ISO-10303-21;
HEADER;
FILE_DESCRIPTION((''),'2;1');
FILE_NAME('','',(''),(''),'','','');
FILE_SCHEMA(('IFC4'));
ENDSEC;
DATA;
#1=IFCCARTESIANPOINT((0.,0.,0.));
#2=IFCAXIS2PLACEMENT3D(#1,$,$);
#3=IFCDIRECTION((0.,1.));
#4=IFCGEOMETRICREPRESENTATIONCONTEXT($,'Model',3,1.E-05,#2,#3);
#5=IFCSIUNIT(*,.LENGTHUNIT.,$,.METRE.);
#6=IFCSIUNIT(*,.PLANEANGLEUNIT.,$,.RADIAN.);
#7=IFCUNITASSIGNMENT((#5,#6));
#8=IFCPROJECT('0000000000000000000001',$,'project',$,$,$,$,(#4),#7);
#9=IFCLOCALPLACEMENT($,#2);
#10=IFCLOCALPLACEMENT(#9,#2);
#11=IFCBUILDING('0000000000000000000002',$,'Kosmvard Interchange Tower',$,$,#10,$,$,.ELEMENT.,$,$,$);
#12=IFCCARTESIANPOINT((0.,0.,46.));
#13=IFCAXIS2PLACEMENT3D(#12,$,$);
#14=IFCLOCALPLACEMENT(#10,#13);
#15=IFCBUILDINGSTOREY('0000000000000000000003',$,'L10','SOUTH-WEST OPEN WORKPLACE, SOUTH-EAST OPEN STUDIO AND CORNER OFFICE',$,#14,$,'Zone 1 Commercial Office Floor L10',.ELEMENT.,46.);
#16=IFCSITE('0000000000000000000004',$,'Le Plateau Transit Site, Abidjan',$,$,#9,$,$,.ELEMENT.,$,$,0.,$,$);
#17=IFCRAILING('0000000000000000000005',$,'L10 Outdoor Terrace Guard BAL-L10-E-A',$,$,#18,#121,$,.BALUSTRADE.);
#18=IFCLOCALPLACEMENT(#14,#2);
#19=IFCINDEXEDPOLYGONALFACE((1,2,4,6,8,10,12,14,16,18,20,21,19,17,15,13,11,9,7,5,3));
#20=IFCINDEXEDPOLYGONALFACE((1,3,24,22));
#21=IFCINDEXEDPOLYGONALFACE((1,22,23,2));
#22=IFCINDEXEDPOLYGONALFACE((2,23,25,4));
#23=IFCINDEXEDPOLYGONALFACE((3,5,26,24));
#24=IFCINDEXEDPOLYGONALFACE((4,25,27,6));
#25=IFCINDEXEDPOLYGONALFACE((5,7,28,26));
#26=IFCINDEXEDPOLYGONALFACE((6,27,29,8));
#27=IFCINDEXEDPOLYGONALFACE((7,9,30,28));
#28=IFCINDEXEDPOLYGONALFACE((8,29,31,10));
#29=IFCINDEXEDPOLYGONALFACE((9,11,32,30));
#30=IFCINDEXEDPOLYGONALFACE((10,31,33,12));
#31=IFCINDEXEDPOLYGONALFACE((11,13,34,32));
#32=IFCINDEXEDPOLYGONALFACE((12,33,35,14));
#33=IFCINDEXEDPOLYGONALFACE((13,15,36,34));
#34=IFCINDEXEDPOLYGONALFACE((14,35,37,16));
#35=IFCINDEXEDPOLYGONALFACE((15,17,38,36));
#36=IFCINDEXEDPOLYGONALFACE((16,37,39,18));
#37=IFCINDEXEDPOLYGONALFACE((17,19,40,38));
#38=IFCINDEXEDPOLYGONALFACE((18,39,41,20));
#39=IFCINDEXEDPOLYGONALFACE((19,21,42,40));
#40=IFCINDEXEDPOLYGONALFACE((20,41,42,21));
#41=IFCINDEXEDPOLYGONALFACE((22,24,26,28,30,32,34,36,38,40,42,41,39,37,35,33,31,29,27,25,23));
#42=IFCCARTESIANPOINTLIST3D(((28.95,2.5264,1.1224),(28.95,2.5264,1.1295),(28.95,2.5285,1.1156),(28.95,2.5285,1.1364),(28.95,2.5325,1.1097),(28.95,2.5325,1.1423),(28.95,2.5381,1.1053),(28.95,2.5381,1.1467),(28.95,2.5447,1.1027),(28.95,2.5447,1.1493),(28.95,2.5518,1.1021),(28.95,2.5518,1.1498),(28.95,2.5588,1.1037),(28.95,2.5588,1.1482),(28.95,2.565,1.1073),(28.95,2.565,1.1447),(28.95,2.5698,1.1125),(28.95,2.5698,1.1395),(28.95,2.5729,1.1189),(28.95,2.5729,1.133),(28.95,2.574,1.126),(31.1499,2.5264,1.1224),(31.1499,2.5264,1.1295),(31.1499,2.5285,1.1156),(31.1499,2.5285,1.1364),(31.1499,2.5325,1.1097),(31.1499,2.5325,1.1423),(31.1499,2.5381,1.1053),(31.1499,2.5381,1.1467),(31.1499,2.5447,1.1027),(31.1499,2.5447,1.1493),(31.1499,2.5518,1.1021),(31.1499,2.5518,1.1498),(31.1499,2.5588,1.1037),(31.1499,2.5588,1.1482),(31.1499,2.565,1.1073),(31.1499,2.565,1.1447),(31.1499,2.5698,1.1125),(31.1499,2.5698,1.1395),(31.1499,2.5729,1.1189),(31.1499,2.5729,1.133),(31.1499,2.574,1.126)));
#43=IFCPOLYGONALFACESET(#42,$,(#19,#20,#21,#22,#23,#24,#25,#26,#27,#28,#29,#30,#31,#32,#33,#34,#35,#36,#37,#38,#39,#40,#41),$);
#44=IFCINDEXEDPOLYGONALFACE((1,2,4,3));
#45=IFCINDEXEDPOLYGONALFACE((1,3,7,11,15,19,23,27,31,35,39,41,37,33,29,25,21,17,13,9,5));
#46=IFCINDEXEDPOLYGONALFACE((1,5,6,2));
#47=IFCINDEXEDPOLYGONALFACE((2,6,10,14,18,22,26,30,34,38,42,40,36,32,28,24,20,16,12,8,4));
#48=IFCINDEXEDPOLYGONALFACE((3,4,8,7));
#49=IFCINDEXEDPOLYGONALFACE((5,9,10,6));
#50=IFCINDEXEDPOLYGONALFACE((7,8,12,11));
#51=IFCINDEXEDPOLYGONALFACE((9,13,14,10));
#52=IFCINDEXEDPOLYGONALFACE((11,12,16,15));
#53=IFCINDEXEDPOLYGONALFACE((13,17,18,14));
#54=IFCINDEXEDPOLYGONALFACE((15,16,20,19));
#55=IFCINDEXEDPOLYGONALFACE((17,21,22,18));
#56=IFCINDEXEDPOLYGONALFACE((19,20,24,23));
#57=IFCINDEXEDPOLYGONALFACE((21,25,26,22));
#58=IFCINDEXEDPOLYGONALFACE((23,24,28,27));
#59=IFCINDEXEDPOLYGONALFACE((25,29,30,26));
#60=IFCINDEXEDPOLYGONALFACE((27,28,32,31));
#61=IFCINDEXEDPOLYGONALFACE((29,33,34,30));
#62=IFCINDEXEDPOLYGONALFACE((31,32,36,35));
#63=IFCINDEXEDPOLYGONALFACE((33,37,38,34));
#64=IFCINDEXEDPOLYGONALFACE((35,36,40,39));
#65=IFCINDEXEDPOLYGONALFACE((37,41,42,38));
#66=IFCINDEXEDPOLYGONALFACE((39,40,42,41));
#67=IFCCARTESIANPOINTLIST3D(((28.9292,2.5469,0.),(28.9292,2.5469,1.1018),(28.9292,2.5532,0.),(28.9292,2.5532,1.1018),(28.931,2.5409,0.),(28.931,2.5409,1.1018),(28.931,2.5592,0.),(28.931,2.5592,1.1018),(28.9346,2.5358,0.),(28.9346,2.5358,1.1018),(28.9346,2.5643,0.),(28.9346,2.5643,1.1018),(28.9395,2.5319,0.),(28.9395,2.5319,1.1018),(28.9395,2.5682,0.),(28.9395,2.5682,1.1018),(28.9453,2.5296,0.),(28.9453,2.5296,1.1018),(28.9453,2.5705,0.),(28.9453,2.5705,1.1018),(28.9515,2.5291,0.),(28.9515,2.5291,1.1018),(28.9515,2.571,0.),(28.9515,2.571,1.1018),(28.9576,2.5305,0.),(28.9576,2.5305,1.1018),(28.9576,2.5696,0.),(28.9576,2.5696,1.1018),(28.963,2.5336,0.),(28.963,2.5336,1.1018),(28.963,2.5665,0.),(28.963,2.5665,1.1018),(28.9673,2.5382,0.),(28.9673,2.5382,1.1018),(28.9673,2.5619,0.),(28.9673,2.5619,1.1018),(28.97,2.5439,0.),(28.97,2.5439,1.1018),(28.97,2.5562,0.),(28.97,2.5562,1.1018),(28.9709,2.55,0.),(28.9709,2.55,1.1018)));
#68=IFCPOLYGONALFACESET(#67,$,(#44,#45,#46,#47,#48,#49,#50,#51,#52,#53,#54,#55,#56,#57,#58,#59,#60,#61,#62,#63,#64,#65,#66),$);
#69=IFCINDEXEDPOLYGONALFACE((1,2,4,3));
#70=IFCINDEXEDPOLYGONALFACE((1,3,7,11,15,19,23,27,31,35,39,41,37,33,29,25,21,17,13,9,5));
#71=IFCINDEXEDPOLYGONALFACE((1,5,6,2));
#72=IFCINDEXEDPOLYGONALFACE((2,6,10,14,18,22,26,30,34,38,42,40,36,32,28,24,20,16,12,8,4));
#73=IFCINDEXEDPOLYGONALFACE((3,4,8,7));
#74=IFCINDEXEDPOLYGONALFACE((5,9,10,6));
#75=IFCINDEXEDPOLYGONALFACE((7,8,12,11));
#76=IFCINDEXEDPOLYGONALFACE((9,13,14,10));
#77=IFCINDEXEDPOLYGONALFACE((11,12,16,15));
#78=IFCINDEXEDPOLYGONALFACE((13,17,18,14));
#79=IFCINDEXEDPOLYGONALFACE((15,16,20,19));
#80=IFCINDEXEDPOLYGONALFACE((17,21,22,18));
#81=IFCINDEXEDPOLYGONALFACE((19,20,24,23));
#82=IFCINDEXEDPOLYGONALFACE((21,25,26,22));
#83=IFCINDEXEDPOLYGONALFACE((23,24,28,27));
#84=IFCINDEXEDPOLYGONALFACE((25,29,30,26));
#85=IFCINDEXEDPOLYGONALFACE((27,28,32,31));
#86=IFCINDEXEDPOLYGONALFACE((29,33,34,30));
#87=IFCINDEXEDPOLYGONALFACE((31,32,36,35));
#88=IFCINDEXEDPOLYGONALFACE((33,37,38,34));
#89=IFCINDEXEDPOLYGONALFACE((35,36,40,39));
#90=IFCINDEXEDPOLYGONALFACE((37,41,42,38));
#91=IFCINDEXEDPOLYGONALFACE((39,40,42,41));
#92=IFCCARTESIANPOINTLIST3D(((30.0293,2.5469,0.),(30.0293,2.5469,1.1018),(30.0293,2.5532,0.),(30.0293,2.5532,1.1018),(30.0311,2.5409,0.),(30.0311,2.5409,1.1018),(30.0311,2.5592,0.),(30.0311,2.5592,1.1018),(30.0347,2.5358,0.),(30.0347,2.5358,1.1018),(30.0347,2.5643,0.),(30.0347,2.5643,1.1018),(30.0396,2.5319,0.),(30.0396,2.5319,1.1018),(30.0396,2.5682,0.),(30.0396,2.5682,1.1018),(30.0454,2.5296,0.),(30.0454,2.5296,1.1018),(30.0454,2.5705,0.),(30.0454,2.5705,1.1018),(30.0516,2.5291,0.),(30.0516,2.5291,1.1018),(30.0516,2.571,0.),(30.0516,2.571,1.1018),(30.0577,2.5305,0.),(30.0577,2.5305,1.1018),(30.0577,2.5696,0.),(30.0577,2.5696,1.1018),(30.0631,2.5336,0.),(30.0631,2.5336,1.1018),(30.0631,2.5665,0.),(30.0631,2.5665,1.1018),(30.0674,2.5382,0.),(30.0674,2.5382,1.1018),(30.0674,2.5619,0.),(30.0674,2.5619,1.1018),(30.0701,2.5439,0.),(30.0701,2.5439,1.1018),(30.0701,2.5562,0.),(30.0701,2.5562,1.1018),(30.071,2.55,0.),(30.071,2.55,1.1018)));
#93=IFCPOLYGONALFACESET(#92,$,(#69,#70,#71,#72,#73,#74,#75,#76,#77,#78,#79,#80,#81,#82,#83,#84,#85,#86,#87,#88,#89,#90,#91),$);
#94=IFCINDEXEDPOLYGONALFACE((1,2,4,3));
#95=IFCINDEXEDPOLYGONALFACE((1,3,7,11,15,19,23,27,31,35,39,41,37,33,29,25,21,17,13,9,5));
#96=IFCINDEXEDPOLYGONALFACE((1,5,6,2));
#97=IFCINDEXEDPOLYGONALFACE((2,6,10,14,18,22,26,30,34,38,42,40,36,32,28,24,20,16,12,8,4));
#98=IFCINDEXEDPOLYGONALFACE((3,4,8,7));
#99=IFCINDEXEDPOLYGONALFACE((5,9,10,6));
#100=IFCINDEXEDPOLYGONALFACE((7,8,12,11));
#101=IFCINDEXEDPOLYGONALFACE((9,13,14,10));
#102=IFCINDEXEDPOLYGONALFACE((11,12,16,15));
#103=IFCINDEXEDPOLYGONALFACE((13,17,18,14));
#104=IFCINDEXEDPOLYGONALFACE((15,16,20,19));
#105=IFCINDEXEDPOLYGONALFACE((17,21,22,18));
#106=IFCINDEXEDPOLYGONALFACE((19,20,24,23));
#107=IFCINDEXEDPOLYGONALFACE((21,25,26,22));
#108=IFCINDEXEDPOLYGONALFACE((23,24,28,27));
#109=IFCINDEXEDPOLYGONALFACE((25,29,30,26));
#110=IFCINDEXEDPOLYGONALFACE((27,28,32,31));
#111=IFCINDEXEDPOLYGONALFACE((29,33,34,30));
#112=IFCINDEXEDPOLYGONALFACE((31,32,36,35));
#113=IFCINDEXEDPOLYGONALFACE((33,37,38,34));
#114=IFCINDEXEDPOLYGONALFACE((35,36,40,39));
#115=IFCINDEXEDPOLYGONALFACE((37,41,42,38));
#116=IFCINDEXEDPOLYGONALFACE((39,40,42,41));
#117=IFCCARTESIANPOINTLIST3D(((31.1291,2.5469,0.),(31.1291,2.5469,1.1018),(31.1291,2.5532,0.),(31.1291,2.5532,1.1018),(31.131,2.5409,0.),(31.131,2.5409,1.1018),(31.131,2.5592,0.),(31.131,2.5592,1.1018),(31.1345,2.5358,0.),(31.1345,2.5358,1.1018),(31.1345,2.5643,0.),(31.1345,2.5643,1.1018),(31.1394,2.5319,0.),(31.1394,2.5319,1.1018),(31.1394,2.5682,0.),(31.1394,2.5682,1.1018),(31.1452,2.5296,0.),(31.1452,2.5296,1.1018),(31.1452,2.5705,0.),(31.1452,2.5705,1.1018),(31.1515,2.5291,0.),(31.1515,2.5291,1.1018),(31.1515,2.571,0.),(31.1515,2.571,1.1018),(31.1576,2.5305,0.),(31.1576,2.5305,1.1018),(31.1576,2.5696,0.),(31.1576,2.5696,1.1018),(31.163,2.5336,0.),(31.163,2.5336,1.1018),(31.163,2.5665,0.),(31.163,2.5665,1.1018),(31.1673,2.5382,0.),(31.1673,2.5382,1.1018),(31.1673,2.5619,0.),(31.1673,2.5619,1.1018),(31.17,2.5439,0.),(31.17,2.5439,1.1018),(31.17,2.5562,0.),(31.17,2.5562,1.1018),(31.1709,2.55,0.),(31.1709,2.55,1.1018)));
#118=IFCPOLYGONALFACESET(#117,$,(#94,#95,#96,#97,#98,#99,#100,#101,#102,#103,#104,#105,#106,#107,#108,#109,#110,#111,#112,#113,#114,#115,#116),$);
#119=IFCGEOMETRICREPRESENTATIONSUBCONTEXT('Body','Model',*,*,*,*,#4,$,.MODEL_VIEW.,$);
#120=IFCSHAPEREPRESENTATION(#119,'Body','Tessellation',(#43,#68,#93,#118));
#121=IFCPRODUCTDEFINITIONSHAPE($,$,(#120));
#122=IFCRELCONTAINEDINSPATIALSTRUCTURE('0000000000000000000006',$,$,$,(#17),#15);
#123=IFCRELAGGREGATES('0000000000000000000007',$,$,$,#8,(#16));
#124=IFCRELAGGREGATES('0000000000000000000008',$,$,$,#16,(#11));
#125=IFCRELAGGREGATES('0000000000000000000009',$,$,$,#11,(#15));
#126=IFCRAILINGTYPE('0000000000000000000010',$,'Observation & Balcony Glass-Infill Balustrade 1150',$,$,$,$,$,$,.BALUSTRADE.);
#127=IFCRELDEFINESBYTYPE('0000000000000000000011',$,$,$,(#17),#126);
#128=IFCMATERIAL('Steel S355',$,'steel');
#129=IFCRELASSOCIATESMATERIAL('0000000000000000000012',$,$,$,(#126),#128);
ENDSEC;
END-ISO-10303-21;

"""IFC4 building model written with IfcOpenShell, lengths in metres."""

from ifc_helpers import new_model, si_unit, direction, frame, origin, origin_2d, place, context, subcontext, project, spatial, circle, extrude, source, transform, mapped, material, type_object, element, save


model = new_model("IFC4")

# Units and contexts
model_context = context("Model", 3, precision=1e-05, world=origin(), true_north=direction((0.0, 1.0)))
body_context = subcontext(model_context, "Body", "Model", "MODEL_VIEW")
ifc_project = project(units=[si_unit("LENGTHUNIT", "METRE"), si_unit("PLANEANGLEUNIT", "RADIAN")], contexts=[model_context])

# Site, building, storey
site_placement = place(None, origin())
site = spatial("IfcSite", under=ifc_project, at=site_placement, Name="Le Plateau Transit Site, Abidjan", CompositionType="ELEMENT", RefElevation=0.0)
building_placement = place(site_placement, origin())
building = spatial("IfcBuilding", under=site, at=building_placement, Name="Kosmvard Interchange Tower", CompositionType="ELEMENT")
storey_placement = place(building_placement, frame((0.0, 0.0, 46.0)))
storey = spatial("IfcBuildingStorey", under=building, at=storey_placement, Name="L10", Description="SOUTH-WEST OPEN WORKPLACE, SOUTH-EAST OPEN STUDIO AND CORNER OFFICE", LongName="Zone 1 Commercial Office Floor L10", CompositionType="ELEMENT", Elevation=46.0)

# Shared definitions
ifc_material_1 = material(Name="Steel S355", Category="steel")

# Railing
railing_type = type_object("IfcRailingType", Name="Observation & Balcony Glass-Infill Balustrade 1150", PredefinedType="BALUSTRADE", material=ifc_material_1)
shared_shape_1 = source(origin(), body_context, "Body", "SweptSolid", [
    extrude(circle(Radius=0.0239, at=origin_2d()), frame((0.0, 0.0, 1.126), z_axis=(1.0, 0.0, 0.0), x_axis=(0.0, 1.0, 0.0)), (0.0, 0.0, 1.0), 2.2),
    extrude(circle(Radius=0.021, at=origin_2d()), origin(), (0.0, 0.0, 1.0), 1.1018),
    extrude(circle(Radius=0.021, at=origin_2d()), frame((1.1001, 0.0, 0.0)), (0.0, 0.0, 1.0), 1.1018),
    extrude(circle(Radius=0.021, at=origin_2d()), frame((2.2, 0.0, 0.0)), (0.0, 0.0, 1.0), 1.1018),
])
railing_1_placement = place(storey_placement, frame((28.95, 2.55, 0.0)))
element("IfcRailing", 1, at=railing_1_placement, inside=storey, type_object=railing_type, Name="L10 Outdoor Terrace Guard BAL-L10-E-A", PredefinedType="BALUSTRADE", context=body_context, shape_type="MappedRepresentation", body=[
    mapped(shared_shape_1, transform((0.0, 0.0, 0.0), scale=1.0)),
])

save(model, "model.ifc")
